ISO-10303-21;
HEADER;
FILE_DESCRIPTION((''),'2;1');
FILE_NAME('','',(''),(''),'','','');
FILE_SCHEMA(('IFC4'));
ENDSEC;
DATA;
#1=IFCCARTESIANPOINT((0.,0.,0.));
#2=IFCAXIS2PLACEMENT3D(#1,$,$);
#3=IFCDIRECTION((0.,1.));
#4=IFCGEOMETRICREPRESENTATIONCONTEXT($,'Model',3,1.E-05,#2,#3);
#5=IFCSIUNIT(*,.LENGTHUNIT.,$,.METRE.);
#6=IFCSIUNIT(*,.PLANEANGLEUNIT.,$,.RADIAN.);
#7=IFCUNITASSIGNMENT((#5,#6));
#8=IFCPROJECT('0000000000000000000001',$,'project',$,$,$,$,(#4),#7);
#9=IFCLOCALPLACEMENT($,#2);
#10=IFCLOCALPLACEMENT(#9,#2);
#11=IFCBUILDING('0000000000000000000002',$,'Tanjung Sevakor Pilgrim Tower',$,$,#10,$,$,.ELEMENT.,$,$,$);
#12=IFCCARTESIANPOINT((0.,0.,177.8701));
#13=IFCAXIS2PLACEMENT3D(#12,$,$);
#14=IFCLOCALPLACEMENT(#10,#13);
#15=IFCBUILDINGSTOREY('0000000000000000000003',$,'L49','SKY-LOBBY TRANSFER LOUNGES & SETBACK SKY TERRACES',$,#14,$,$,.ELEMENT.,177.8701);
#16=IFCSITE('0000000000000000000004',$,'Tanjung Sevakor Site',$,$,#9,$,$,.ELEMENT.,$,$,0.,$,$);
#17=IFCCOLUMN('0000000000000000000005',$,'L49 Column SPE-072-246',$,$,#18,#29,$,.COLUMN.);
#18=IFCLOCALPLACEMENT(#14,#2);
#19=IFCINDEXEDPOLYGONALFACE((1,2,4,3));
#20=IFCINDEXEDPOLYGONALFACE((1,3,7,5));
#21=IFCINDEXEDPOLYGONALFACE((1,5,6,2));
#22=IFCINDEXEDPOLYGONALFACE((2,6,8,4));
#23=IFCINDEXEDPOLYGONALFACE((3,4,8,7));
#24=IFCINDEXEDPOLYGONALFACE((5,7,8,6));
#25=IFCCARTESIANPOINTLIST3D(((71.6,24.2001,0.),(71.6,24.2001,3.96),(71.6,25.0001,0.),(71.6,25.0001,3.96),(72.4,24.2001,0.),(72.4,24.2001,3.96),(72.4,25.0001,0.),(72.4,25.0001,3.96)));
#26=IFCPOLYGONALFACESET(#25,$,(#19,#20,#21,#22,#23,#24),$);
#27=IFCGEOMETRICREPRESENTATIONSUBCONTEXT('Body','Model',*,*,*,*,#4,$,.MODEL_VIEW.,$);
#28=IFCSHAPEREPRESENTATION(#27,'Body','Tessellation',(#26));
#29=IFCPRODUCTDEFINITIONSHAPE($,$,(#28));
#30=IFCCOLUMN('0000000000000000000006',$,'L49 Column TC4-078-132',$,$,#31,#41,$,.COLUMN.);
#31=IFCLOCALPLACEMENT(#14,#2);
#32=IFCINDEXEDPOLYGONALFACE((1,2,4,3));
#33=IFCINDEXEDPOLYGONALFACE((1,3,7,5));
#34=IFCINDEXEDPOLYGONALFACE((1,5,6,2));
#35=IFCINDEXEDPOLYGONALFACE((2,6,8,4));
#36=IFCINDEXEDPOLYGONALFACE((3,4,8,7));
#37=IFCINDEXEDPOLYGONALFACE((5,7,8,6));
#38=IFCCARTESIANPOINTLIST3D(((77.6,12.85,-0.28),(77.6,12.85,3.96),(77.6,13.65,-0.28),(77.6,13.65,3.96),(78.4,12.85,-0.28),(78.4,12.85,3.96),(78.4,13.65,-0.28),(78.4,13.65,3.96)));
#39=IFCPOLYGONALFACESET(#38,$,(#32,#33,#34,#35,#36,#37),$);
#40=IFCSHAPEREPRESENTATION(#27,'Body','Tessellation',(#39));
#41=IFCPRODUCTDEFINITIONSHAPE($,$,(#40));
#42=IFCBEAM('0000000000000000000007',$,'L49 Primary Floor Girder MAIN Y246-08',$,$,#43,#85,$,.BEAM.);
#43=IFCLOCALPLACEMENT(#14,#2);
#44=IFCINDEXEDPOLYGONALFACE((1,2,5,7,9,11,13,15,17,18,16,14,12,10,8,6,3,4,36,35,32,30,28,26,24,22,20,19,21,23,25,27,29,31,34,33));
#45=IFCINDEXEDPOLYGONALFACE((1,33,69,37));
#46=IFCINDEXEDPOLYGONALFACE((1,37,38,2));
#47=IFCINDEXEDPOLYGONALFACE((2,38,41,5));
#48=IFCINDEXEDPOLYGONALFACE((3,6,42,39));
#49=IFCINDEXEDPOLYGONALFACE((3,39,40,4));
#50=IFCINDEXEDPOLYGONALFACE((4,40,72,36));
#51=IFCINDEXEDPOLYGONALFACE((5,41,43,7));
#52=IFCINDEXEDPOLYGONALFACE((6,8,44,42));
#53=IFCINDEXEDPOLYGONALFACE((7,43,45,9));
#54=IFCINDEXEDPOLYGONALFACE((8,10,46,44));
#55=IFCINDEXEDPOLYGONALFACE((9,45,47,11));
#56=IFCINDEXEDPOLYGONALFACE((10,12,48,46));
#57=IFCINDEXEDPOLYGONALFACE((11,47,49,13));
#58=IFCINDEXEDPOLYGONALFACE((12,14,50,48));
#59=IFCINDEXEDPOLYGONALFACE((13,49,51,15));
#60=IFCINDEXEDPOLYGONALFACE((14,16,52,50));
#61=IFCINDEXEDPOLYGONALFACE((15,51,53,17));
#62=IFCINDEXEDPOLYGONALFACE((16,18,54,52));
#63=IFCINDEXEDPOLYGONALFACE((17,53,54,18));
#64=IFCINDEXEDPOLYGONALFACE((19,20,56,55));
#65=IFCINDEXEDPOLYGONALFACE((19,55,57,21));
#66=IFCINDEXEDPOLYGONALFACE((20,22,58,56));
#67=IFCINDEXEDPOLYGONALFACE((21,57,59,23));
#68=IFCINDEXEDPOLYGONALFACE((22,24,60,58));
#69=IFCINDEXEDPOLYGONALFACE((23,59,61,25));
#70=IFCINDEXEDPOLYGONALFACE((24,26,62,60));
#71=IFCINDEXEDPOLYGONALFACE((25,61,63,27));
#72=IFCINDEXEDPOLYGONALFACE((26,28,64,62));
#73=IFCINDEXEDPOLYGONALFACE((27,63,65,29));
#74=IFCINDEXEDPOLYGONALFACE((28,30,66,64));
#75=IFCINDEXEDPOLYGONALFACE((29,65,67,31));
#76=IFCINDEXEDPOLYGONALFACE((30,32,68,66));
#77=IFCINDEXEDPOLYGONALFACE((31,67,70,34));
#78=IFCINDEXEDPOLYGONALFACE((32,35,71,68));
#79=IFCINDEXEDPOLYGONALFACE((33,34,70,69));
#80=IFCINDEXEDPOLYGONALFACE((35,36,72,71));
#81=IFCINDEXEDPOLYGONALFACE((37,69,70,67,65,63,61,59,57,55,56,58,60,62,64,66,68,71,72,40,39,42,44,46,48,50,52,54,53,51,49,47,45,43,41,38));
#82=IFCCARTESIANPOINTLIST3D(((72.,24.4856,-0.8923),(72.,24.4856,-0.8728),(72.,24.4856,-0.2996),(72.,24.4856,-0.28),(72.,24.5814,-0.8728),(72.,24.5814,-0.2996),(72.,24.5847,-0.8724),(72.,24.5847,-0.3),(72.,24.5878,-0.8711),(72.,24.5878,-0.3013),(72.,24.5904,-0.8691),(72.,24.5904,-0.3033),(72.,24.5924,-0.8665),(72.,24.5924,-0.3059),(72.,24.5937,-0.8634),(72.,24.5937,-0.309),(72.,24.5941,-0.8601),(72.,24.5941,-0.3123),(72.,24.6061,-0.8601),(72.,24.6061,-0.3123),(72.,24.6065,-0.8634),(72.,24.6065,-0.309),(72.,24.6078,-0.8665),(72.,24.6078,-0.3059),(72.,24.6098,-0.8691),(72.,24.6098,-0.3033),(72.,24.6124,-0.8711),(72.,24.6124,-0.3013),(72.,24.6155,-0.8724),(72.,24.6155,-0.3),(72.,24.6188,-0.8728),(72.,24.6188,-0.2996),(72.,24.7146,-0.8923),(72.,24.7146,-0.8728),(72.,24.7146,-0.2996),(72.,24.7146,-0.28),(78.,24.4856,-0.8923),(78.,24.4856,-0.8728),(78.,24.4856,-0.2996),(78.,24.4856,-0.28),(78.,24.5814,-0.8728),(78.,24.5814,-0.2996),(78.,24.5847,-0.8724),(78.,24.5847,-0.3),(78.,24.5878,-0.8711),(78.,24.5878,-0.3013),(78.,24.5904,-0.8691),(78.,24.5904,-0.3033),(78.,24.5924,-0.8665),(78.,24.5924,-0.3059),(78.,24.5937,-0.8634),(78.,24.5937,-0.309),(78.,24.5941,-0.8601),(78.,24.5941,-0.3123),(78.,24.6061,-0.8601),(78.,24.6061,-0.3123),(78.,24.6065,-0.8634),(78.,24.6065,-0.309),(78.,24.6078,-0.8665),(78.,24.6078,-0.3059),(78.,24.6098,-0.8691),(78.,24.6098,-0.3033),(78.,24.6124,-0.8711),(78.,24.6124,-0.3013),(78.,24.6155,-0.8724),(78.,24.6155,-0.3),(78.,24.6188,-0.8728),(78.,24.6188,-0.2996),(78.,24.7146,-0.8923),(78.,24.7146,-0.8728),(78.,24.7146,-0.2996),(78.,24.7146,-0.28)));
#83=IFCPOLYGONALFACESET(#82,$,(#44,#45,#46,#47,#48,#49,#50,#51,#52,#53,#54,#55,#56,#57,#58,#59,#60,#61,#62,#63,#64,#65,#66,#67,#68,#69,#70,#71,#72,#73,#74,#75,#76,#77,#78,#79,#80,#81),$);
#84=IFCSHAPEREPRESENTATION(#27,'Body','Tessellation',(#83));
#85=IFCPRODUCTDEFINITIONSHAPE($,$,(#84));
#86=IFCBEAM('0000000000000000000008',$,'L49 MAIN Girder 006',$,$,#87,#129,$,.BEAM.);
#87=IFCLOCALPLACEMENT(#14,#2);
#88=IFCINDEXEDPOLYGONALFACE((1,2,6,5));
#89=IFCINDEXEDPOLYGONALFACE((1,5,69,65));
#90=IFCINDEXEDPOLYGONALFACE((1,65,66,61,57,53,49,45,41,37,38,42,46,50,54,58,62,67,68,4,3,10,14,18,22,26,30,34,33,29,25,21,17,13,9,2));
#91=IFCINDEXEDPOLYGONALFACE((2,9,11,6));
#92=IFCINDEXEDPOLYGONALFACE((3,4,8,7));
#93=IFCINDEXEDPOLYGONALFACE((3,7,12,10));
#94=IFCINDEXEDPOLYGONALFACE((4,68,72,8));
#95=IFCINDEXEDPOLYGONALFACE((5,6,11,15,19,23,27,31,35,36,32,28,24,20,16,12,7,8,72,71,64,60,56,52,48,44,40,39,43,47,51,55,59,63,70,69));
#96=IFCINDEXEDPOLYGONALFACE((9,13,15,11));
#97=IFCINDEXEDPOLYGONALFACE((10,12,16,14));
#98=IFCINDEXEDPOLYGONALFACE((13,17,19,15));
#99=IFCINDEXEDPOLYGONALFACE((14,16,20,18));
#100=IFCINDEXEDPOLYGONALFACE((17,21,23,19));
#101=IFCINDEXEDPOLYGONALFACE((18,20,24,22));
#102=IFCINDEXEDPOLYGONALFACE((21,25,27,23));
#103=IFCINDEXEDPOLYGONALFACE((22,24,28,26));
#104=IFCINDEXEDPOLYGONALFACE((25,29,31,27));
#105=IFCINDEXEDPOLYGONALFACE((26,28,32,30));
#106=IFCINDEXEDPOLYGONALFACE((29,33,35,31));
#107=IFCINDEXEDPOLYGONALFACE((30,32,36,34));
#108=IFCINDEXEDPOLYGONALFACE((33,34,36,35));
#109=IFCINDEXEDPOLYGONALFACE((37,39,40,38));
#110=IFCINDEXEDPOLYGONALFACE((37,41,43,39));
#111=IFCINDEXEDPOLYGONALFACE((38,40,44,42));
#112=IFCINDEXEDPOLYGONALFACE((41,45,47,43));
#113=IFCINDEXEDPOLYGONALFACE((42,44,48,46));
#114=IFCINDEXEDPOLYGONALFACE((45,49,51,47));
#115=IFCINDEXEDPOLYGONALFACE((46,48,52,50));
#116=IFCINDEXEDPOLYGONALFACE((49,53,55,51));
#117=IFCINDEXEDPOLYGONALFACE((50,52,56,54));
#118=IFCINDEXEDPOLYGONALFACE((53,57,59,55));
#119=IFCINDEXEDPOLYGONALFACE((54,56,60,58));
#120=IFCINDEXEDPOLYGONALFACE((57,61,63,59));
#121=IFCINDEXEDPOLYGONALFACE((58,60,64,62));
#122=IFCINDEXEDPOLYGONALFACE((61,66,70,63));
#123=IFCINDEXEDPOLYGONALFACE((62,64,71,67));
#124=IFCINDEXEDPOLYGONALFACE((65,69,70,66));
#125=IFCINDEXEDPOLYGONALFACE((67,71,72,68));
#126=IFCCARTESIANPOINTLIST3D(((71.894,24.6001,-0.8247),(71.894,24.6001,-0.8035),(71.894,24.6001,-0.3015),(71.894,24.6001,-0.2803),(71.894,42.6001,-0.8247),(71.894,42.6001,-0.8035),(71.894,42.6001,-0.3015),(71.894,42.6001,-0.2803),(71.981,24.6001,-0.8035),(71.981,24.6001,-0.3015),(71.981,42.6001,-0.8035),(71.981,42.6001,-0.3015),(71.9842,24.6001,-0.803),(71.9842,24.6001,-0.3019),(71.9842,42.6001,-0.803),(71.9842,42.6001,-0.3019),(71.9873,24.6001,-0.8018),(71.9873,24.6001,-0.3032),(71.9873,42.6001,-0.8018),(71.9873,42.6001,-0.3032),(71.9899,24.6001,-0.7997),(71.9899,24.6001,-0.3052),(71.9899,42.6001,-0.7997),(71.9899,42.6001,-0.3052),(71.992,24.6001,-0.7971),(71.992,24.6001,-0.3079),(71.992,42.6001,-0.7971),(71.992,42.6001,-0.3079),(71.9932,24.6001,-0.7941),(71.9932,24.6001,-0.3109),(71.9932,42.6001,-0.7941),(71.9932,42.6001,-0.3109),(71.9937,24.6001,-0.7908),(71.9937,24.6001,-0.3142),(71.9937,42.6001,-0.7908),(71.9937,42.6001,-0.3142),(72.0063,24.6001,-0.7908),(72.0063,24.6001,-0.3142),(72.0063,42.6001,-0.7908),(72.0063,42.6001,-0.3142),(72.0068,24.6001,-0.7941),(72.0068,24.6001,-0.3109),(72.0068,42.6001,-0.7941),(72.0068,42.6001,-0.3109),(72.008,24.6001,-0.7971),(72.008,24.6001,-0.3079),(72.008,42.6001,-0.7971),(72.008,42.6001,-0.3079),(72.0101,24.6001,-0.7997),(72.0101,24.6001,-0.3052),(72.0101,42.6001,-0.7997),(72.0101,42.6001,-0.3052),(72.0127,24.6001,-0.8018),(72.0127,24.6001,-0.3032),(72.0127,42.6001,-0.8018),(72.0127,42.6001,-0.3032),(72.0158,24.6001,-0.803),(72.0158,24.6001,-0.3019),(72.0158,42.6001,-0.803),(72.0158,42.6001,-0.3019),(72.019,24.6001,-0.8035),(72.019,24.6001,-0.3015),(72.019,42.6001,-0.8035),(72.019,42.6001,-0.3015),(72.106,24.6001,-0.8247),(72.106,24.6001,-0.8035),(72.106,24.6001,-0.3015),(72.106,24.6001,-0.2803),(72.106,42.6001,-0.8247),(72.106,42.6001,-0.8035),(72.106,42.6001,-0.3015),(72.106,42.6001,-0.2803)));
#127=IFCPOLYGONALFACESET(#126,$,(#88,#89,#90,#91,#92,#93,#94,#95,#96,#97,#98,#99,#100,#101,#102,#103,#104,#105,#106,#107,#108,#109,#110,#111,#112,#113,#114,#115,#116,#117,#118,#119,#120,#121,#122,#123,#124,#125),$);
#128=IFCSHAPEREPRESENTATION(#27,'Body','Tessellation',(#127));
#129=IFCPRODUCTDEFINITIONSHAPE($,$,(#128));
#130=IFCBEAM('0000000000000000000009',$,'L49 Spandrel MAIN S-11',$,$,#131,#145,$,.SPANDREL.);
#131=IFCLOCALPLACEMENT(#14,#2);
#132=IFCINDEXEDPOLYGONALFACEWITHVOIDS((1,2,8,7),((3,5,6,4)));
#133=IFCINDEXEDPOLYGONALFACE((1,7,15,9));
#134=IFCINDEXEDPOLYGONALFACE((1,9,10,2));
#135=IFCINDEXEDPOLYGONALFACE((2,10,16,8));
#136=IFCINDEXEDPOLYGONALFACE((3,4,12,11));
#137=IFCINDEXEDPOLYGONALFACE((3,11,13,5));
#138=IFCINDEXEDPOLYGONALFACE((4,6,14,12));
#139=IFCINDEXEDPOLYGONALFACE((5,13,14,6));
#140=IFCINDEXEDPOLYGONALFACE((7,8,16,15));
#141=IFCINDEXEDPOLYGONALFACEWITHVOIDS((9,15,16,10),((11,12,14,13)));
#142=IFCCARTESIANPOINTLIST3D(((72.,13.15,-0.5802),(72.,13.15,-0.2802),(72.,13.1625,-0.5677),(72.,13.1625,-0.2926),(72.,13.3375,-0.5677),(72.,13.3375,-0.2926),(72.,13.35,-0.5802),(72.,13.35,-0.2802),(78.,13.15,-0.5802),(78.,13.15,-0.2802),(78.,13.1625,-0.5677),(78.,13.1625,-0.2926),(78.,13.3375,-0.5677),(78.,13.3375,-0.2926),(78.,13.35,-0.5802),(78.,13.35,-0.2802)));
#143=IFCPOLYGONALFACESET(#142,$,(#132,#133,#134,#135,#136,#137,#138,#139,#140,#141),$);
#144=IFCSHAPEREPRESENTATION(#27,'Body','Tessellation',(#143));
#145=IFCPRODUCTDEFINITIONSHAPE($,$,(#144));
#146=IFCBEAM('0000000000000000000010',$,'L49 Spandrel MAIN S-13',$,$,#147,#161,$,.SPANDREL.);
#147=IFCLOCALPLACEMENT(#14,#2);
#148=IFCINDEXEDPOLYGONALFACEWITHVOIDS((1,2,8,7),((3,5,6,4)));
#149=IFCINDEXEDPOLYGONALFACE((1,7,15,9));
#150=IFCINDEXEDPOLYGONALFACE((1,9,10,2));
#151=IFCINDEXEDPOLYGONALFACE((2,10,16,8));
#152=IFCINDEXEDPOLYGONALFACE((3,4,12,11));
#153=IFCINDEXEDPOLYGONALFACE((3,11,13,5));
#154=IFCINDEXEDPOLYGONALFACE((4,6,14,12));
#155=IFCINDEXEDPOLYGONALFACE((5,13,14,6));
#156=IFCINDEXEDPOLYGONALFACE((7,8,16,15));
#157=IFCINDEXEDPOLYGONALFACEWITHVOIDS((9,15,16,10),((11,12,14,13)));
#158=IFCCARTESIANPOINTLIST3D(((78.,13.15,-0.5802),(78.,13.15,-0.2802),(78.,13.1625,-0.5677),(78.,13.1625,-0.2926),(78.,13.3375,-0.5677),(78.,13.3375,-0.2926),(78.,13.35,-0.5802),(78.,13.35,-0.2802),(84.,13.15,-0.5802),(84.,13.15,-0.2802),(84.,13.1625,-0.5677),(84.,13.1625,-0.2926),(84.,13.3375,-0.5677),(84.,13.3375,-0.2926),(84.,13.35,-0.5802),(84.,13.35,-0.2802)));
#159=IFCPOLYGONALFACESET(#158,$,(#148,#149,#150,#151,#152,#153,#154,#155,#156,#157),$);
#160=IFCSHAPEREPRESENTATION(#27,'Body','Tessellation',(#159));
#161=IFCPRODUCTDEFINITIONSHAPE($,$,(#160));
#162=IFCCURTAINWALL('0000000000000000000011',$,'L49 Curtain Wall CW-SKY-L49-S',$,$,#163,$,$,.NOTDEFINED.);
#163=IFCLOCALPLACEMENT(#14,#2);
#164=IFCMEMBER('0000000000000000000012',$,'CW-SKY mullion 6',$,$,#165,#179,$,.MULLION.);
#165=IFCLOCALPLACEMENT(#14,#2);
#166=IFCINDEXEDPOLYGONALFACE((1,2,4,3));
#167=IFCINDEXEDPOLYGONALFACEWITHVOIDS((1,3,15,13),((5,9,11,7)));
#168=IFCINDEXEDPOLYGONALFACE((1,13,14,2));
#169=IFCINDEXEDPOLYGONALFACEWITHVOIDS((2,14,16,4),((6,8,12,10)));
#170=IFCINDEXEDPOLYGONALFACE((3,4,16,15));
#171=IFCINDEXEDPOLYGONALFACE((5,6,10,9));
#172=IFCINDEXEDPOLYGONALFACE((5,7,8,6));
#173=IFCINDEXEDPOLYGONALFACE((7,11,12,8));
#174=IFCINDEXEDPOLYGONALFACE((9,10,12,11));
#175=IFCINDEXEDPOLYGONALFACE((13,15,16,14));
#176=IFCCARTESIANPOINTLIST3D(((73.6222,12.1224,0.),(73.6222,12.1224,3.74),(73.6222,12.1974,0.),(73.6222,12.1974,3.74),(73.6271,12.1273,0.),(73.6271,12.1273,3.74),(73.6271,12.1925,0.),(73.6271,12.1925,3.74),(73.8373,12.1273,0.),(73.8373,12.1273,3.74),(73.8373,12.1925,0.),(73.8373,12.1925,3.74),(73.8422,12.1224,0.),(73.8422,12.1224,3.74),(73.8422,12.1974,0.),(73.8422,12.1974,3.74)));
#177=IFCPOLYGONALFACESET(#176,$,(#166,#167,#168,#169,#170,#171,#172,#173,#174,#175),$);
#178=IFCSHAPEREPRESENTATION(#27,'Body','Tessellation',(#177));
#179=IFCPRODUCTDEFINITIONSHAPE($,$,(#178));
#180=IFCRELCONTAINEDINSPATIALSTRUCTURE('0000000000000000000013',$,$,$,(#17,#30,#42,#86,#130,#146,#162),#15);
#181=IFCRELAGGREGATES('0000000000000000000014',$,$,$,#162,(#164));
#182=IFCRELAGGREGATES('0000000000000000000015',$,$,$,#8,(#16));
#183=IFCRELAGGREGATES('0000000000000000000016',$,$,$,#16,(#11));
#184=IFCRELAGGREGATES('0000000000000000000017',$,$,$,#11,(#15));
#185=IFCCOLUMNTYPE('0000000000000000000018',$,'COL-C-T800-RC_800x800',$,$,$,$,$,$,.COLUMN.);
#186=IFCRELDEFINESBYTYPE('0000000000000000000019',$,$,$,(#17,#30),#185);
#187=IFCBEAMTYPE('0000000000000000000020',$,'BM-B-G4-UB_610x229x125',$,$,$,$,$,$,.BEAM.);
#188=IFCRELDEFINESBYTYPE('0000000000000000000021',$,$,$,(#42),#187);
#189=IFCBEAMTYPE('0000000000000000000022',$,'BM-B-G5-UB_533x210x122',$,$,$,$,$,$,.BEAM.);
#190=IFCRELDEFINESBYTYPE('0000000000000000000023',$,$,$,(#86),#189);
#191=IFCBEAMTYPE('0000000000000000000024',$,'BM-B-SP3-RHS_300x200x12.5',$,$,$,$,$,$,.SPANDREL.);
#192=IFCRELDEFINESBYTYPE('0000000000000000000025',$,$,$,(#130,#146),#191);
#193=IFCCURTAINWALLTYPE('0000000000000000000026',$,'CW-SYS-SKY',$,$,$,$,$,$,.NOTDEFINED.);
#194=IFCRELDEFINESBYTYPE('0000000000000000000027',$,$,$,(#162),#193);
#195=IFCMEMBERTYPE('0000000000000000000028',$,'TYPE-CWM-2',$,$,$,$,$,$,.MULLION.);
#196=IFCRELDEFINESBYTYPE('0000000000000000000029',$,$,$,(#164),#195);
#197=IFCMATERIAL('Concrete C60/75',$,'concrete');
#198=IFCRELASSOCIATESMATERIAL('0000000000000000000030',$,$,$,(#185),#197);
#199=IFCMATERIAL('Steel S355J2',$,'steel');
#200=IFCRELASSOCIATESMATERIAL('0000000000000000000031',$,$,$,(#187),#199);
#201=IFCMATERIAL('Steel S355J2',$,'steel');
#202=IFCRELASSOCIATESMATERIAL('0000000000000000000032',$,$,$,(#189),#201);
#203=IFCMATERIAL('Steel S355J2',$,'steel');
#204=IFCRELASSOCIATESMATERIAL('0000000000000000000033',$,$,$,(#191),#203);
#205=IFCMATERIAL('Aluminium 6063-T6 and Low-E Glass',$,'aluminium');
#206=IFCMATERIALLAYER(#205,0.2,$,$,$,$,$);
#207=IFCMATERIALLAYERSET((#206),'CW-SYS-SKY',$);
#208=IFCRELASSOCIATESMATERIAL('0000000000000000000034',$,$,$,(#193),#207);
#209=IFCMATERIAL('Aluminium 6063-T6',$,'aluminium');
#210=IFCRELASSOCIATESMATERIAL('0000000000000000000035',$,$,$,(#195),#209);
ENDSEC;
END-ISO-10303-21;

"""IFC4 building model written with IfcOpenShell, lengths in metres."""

from ifc_helpers import new_model, si_unit, direction, frame, origin, origin_2d, place, context, subcontext, project, spatial, rectangle, hollow_rectangle, i_section, extrude, material, layer, layer_set, material_profile, profile_set, type_object, element, aggregate, save


model = new_model("IFC4")

# Units and contexts
model_context = context("Model", 3, precision=1e-05, world=origin(), true_north=direction((0.0, 1.0)))
body_context = subcontext(model_context, "Body", "Model", "MODEL_VIEW")
ifc_project = project(units=[si_unit("LENGTHUNIT", "METRE"), si_unit("PLANEANGLEUNIT", "RADIAN")], contexts=[model_context])

# Site, building, storey
site_placement = place(None, origin())
site = spatial("IfcSite", under=ifc_project, at=site_placement, Name="Tanjung Sevakor Site", CompositionType="ELEMENT", RefElevation=0.0)
building_placement = place(site_placement, origin())
building = spatial("IfcBuilding", under=site, at=building_placement, Name="Tanjung Sevakor Pilgrim Tower", CompositionType="ELEMENT")
storey_placement = place(building_placement, frame((0.0, 0.0, 177.8701)))
storey = spatial("IfcBuildingStorey", under=building, at=storey_placement, Name="L49", Description="SKY-LOBBY TRANSFER LOUNGES & SETBACK SKY TERRACES", CompositionType="ELEMENT", Elevation=177.8701)

# Columns
ifc_material_1 = material(Name="Concrete C60/75", Category="concrete")
ifc_material_profile_1 = material_profile(ifc_material_1, rectangle(XDim=0.8, YDim=0.8, at=origin_2d()))
ifc_profile_set_1 = profile_set([ifc_material_profile_1], Name="Concrete C60/75")
column_type = type_object("IfcColumnType", Name="COL-C-T800-RC_800x800", PredefinedType="COLUMN", material=ifc_profile_set_1)
column_1_placement = place(storey_placement, frame((72.0, 24.6001, 0.0), z_axis=(0.0, 0.0, 1.0), x_axis=(1.0, 0.0, 0.0)))
element("IfcColumn", 1, at=column_1_placement, inside=storey, type_object=column_type, Name="L49 Column SPE-072-246", PredefinedType="COLUMN", context=body_context, shape_type="SweptSolid", body=[
    extrude(rectangle(XDim=0.8, YDim=0.8, at=origin_2d()), origin(), (0.0, 0.0, 1.0), 3.96),
])
column_2_placement = place(storey_placement, frame((78.0, 13.25, -0.28), z_axis=(0.0, 0.0, 1.0), x_axis=(1.0, 0.0, 0.0)))
element("IfcColumn", 2, at=column_2_placement, inside=storey, type_object=column_type, Name="L49 Column TC4-078-132", PredefinedType="COLUMN", context=body_context, shape_type="SweptSolid", body=[
    extrude(rectangle(XDim=0.8, YDim=0.8, at=origin_2d()), origin(), (0.0, 0.0, 1.0), 4.24),
])

# Beams
ifc_material_2 = material(Name="Steel S355J2", Category="steel")
ifc_material_profile_2 = material_profile(ifc_material_2, i_section(OverallWidth=0.229, OverallDepth=0.6123, WebThickness=0.012, FlangeThickness=0.0195, FilletRadius=0.0127, at=origin_2d()))
ifc_profile_set_2 = profile_set([ifc_material_profile_2], Name="Steel S355J2")
beam_type_1 = type_object("IfcBeamType", Name="BM-B-G4-UB_610x229x125", PredefinedType="BEAM", material=ifc_profile_set_2)
beam_1_placement = place(storey_placement, frame((72.0, 24.6001, -0.5862), z_axis=(1.0, 0.0, 0.0), x_axis=(0.0, 1.0, 0.0)))
element("IfcBeam", 3, at=beam_1_placement, inside=storey, type_object=beam_type_1, Name="L49 Primary Floor Girder MAIN Y246-08", PredefinedType="BEAM", context=body_context, shape_type="SweptSolid", body=[
    extrude(i_section(OverallWidth=0.229, OverallDepth=0.6123, WebThickness=0.012, FlangeThickness=0.0195, FilletRadius=0.0127, at=origin_2d()), origin(), (0.0, 0.0, 1.0), 6.0),
])
ifc_material_3 = material(Name="Steel S355J2", Category="steel")
ifc_material_profile_3 = material_profile(ifc_material_3, i_section(OverallWidth=0.2119, OverallDepth=0.5444, WebThickness=0.0127, FlangeThickness=0.0212, FilletRadius=0.0127, at=origin_2d()))
ifc_profile_set_3 = profile_set([ifc_material_profile_3], Name="Steel S355J2")
beam_type_2 = type_object("IfcBeamType", Name="BM-B-G5-UB_533x210x122", PredefinedType="BEAM", material=ifc_profile_set_3)
beam_2_placement = place(storey_placement, frame((72.0, 24.6001, -0.5525), z_axis=(0.0, 1.0, 0.0), x_axis=(-1.0, 0.0, 0.0)))
element("IfcBeam", 4, at=beam_2_placement, inside=storey, type_object=beam_type_2, Name="L49 MAIN Girder 006", PredefinedType="BEAM", context=body_context, shape_type="SweptSolid", body=[
    extrude(i_section(OverallWidth=0.2119, OverallDepth=0.5444, WebThickness=0.0127, FlangeThickness=0.0212, FilletRadius=0.0127, at=origin_2d()), origin(), (0.0, 0.0, 1.0), 18.0),
])
ifc_material_4 = material(Name="Steel S355J2", Category="steel")
ifc_material_profile_4 = material_profile(ifc_material_4, hollow_rectangle(XDim=0.2, YDim=0.3, WallThickness=0.0125, at=origin_2d()))
ifc_profile_set_4 = profile_set([ifc_material_profile_4], Name="Steel S355J2")
beam_type_3 = type_object("IfcBeamType", Name="BM-B-SP3-RHS_300x200x12.5", PredefinedType="SPANDREL", material=ifc_profile_set_4)
for number, where, z_axis, x_axis, name in (
    (5, (72.0, 13.25, -0.4302), (1.0, 0.0, 0.0), (0.0, 1.0, 0.0), "L49 Spandrel MAIN S-11"),
    (6, (78.0, 13.25, -0.4302), (1.0, 0.0, 0.0), (0.0, 1.0, 0.0), "L49 Spandrel MAIN S-13"),
):
    element("IfcBeam", number, at=place(storey_placement, frame(where, z_axis=z_axis, x_axis=x_axis)), inside=storey, type_object=beam_type_3, Name=name, PredefinedType="SPANDREL", context=body_context, shape_type="SweptSolid", body=[
        extrude(hollow_rectangle(XDim=0.2, YDim=0.3, WallThickness=0.0125, at=origin_2d()), origin(), (0.0, 0.0, 1.0), 6.0),
    ])

# Curtain wall, member
ifc_material_5 = material(Name="Aluminium 6063-T6 and Low-E Glass", Category="aluminium")
ifc_layer_1 = layer(ifc_material_5, 0.2)
ifc_layer_set_1 = layer_set([ifc_layer_1], Name="CW-SYS-SKY")
curtain_wall_type = type_object("IfcCurtainWallType", Name="CW-SYS-SKY", PredefinedType="NOTDEFINED", material=ifc_layer_set_1)
curtain_wall_placement = place(storey_placement, origin())
curtain_wall = element("IfcCurtainWall", 7, at=curtain_wall_placement, inside=storey, type_object=curtain_wall_type, Name="L49 Curtain Wall CW-SKY-L49-S", PredefinedType="NOTDEFINED")
ifc_material_6 = material(Name="Aluminium 6063-T6", Category="aluminium")
ifc_material_profile_5 = material_profile(ifc_material_6, hollow_rectangle(XDim=0.075, YDim=0.22, WallThickness=0.0049, at=origin_2d()))
ifc_profile_set_5 = profile_set([ifc_material_profile_5], Name="Aluminium 6063-T6")
member_type_1 = type_object("IfcMemberType", Name="TYPE-CWM-2", PredefinedType="MULLION", material=ifc_profile_set_5)
member_1_placement = place(storey_placement, frame((73.7322, 12.1599, 0.0), z_axis=(0.0, 0.0, 1.0), x_axis=(0.0, 1.0, 0.0)))
member_1 = element("IfcMember", 8, at=member_1_placement, type_object=member_type_1, Name="CW-SKY mullion 6", PredefinedType="MULLION", context=body_context, shape_type="SweptSolid", body=[
    extrude(hollow_rectangle(XDim=0.075, YDim=0.22, WallThickness=0.0049, at=origin_2d()), origin(), (0.0, 0.0, 1.0), 3.74),
])
aggregate(curtain_wall, [member_1])

save(model, "model.ifc")
